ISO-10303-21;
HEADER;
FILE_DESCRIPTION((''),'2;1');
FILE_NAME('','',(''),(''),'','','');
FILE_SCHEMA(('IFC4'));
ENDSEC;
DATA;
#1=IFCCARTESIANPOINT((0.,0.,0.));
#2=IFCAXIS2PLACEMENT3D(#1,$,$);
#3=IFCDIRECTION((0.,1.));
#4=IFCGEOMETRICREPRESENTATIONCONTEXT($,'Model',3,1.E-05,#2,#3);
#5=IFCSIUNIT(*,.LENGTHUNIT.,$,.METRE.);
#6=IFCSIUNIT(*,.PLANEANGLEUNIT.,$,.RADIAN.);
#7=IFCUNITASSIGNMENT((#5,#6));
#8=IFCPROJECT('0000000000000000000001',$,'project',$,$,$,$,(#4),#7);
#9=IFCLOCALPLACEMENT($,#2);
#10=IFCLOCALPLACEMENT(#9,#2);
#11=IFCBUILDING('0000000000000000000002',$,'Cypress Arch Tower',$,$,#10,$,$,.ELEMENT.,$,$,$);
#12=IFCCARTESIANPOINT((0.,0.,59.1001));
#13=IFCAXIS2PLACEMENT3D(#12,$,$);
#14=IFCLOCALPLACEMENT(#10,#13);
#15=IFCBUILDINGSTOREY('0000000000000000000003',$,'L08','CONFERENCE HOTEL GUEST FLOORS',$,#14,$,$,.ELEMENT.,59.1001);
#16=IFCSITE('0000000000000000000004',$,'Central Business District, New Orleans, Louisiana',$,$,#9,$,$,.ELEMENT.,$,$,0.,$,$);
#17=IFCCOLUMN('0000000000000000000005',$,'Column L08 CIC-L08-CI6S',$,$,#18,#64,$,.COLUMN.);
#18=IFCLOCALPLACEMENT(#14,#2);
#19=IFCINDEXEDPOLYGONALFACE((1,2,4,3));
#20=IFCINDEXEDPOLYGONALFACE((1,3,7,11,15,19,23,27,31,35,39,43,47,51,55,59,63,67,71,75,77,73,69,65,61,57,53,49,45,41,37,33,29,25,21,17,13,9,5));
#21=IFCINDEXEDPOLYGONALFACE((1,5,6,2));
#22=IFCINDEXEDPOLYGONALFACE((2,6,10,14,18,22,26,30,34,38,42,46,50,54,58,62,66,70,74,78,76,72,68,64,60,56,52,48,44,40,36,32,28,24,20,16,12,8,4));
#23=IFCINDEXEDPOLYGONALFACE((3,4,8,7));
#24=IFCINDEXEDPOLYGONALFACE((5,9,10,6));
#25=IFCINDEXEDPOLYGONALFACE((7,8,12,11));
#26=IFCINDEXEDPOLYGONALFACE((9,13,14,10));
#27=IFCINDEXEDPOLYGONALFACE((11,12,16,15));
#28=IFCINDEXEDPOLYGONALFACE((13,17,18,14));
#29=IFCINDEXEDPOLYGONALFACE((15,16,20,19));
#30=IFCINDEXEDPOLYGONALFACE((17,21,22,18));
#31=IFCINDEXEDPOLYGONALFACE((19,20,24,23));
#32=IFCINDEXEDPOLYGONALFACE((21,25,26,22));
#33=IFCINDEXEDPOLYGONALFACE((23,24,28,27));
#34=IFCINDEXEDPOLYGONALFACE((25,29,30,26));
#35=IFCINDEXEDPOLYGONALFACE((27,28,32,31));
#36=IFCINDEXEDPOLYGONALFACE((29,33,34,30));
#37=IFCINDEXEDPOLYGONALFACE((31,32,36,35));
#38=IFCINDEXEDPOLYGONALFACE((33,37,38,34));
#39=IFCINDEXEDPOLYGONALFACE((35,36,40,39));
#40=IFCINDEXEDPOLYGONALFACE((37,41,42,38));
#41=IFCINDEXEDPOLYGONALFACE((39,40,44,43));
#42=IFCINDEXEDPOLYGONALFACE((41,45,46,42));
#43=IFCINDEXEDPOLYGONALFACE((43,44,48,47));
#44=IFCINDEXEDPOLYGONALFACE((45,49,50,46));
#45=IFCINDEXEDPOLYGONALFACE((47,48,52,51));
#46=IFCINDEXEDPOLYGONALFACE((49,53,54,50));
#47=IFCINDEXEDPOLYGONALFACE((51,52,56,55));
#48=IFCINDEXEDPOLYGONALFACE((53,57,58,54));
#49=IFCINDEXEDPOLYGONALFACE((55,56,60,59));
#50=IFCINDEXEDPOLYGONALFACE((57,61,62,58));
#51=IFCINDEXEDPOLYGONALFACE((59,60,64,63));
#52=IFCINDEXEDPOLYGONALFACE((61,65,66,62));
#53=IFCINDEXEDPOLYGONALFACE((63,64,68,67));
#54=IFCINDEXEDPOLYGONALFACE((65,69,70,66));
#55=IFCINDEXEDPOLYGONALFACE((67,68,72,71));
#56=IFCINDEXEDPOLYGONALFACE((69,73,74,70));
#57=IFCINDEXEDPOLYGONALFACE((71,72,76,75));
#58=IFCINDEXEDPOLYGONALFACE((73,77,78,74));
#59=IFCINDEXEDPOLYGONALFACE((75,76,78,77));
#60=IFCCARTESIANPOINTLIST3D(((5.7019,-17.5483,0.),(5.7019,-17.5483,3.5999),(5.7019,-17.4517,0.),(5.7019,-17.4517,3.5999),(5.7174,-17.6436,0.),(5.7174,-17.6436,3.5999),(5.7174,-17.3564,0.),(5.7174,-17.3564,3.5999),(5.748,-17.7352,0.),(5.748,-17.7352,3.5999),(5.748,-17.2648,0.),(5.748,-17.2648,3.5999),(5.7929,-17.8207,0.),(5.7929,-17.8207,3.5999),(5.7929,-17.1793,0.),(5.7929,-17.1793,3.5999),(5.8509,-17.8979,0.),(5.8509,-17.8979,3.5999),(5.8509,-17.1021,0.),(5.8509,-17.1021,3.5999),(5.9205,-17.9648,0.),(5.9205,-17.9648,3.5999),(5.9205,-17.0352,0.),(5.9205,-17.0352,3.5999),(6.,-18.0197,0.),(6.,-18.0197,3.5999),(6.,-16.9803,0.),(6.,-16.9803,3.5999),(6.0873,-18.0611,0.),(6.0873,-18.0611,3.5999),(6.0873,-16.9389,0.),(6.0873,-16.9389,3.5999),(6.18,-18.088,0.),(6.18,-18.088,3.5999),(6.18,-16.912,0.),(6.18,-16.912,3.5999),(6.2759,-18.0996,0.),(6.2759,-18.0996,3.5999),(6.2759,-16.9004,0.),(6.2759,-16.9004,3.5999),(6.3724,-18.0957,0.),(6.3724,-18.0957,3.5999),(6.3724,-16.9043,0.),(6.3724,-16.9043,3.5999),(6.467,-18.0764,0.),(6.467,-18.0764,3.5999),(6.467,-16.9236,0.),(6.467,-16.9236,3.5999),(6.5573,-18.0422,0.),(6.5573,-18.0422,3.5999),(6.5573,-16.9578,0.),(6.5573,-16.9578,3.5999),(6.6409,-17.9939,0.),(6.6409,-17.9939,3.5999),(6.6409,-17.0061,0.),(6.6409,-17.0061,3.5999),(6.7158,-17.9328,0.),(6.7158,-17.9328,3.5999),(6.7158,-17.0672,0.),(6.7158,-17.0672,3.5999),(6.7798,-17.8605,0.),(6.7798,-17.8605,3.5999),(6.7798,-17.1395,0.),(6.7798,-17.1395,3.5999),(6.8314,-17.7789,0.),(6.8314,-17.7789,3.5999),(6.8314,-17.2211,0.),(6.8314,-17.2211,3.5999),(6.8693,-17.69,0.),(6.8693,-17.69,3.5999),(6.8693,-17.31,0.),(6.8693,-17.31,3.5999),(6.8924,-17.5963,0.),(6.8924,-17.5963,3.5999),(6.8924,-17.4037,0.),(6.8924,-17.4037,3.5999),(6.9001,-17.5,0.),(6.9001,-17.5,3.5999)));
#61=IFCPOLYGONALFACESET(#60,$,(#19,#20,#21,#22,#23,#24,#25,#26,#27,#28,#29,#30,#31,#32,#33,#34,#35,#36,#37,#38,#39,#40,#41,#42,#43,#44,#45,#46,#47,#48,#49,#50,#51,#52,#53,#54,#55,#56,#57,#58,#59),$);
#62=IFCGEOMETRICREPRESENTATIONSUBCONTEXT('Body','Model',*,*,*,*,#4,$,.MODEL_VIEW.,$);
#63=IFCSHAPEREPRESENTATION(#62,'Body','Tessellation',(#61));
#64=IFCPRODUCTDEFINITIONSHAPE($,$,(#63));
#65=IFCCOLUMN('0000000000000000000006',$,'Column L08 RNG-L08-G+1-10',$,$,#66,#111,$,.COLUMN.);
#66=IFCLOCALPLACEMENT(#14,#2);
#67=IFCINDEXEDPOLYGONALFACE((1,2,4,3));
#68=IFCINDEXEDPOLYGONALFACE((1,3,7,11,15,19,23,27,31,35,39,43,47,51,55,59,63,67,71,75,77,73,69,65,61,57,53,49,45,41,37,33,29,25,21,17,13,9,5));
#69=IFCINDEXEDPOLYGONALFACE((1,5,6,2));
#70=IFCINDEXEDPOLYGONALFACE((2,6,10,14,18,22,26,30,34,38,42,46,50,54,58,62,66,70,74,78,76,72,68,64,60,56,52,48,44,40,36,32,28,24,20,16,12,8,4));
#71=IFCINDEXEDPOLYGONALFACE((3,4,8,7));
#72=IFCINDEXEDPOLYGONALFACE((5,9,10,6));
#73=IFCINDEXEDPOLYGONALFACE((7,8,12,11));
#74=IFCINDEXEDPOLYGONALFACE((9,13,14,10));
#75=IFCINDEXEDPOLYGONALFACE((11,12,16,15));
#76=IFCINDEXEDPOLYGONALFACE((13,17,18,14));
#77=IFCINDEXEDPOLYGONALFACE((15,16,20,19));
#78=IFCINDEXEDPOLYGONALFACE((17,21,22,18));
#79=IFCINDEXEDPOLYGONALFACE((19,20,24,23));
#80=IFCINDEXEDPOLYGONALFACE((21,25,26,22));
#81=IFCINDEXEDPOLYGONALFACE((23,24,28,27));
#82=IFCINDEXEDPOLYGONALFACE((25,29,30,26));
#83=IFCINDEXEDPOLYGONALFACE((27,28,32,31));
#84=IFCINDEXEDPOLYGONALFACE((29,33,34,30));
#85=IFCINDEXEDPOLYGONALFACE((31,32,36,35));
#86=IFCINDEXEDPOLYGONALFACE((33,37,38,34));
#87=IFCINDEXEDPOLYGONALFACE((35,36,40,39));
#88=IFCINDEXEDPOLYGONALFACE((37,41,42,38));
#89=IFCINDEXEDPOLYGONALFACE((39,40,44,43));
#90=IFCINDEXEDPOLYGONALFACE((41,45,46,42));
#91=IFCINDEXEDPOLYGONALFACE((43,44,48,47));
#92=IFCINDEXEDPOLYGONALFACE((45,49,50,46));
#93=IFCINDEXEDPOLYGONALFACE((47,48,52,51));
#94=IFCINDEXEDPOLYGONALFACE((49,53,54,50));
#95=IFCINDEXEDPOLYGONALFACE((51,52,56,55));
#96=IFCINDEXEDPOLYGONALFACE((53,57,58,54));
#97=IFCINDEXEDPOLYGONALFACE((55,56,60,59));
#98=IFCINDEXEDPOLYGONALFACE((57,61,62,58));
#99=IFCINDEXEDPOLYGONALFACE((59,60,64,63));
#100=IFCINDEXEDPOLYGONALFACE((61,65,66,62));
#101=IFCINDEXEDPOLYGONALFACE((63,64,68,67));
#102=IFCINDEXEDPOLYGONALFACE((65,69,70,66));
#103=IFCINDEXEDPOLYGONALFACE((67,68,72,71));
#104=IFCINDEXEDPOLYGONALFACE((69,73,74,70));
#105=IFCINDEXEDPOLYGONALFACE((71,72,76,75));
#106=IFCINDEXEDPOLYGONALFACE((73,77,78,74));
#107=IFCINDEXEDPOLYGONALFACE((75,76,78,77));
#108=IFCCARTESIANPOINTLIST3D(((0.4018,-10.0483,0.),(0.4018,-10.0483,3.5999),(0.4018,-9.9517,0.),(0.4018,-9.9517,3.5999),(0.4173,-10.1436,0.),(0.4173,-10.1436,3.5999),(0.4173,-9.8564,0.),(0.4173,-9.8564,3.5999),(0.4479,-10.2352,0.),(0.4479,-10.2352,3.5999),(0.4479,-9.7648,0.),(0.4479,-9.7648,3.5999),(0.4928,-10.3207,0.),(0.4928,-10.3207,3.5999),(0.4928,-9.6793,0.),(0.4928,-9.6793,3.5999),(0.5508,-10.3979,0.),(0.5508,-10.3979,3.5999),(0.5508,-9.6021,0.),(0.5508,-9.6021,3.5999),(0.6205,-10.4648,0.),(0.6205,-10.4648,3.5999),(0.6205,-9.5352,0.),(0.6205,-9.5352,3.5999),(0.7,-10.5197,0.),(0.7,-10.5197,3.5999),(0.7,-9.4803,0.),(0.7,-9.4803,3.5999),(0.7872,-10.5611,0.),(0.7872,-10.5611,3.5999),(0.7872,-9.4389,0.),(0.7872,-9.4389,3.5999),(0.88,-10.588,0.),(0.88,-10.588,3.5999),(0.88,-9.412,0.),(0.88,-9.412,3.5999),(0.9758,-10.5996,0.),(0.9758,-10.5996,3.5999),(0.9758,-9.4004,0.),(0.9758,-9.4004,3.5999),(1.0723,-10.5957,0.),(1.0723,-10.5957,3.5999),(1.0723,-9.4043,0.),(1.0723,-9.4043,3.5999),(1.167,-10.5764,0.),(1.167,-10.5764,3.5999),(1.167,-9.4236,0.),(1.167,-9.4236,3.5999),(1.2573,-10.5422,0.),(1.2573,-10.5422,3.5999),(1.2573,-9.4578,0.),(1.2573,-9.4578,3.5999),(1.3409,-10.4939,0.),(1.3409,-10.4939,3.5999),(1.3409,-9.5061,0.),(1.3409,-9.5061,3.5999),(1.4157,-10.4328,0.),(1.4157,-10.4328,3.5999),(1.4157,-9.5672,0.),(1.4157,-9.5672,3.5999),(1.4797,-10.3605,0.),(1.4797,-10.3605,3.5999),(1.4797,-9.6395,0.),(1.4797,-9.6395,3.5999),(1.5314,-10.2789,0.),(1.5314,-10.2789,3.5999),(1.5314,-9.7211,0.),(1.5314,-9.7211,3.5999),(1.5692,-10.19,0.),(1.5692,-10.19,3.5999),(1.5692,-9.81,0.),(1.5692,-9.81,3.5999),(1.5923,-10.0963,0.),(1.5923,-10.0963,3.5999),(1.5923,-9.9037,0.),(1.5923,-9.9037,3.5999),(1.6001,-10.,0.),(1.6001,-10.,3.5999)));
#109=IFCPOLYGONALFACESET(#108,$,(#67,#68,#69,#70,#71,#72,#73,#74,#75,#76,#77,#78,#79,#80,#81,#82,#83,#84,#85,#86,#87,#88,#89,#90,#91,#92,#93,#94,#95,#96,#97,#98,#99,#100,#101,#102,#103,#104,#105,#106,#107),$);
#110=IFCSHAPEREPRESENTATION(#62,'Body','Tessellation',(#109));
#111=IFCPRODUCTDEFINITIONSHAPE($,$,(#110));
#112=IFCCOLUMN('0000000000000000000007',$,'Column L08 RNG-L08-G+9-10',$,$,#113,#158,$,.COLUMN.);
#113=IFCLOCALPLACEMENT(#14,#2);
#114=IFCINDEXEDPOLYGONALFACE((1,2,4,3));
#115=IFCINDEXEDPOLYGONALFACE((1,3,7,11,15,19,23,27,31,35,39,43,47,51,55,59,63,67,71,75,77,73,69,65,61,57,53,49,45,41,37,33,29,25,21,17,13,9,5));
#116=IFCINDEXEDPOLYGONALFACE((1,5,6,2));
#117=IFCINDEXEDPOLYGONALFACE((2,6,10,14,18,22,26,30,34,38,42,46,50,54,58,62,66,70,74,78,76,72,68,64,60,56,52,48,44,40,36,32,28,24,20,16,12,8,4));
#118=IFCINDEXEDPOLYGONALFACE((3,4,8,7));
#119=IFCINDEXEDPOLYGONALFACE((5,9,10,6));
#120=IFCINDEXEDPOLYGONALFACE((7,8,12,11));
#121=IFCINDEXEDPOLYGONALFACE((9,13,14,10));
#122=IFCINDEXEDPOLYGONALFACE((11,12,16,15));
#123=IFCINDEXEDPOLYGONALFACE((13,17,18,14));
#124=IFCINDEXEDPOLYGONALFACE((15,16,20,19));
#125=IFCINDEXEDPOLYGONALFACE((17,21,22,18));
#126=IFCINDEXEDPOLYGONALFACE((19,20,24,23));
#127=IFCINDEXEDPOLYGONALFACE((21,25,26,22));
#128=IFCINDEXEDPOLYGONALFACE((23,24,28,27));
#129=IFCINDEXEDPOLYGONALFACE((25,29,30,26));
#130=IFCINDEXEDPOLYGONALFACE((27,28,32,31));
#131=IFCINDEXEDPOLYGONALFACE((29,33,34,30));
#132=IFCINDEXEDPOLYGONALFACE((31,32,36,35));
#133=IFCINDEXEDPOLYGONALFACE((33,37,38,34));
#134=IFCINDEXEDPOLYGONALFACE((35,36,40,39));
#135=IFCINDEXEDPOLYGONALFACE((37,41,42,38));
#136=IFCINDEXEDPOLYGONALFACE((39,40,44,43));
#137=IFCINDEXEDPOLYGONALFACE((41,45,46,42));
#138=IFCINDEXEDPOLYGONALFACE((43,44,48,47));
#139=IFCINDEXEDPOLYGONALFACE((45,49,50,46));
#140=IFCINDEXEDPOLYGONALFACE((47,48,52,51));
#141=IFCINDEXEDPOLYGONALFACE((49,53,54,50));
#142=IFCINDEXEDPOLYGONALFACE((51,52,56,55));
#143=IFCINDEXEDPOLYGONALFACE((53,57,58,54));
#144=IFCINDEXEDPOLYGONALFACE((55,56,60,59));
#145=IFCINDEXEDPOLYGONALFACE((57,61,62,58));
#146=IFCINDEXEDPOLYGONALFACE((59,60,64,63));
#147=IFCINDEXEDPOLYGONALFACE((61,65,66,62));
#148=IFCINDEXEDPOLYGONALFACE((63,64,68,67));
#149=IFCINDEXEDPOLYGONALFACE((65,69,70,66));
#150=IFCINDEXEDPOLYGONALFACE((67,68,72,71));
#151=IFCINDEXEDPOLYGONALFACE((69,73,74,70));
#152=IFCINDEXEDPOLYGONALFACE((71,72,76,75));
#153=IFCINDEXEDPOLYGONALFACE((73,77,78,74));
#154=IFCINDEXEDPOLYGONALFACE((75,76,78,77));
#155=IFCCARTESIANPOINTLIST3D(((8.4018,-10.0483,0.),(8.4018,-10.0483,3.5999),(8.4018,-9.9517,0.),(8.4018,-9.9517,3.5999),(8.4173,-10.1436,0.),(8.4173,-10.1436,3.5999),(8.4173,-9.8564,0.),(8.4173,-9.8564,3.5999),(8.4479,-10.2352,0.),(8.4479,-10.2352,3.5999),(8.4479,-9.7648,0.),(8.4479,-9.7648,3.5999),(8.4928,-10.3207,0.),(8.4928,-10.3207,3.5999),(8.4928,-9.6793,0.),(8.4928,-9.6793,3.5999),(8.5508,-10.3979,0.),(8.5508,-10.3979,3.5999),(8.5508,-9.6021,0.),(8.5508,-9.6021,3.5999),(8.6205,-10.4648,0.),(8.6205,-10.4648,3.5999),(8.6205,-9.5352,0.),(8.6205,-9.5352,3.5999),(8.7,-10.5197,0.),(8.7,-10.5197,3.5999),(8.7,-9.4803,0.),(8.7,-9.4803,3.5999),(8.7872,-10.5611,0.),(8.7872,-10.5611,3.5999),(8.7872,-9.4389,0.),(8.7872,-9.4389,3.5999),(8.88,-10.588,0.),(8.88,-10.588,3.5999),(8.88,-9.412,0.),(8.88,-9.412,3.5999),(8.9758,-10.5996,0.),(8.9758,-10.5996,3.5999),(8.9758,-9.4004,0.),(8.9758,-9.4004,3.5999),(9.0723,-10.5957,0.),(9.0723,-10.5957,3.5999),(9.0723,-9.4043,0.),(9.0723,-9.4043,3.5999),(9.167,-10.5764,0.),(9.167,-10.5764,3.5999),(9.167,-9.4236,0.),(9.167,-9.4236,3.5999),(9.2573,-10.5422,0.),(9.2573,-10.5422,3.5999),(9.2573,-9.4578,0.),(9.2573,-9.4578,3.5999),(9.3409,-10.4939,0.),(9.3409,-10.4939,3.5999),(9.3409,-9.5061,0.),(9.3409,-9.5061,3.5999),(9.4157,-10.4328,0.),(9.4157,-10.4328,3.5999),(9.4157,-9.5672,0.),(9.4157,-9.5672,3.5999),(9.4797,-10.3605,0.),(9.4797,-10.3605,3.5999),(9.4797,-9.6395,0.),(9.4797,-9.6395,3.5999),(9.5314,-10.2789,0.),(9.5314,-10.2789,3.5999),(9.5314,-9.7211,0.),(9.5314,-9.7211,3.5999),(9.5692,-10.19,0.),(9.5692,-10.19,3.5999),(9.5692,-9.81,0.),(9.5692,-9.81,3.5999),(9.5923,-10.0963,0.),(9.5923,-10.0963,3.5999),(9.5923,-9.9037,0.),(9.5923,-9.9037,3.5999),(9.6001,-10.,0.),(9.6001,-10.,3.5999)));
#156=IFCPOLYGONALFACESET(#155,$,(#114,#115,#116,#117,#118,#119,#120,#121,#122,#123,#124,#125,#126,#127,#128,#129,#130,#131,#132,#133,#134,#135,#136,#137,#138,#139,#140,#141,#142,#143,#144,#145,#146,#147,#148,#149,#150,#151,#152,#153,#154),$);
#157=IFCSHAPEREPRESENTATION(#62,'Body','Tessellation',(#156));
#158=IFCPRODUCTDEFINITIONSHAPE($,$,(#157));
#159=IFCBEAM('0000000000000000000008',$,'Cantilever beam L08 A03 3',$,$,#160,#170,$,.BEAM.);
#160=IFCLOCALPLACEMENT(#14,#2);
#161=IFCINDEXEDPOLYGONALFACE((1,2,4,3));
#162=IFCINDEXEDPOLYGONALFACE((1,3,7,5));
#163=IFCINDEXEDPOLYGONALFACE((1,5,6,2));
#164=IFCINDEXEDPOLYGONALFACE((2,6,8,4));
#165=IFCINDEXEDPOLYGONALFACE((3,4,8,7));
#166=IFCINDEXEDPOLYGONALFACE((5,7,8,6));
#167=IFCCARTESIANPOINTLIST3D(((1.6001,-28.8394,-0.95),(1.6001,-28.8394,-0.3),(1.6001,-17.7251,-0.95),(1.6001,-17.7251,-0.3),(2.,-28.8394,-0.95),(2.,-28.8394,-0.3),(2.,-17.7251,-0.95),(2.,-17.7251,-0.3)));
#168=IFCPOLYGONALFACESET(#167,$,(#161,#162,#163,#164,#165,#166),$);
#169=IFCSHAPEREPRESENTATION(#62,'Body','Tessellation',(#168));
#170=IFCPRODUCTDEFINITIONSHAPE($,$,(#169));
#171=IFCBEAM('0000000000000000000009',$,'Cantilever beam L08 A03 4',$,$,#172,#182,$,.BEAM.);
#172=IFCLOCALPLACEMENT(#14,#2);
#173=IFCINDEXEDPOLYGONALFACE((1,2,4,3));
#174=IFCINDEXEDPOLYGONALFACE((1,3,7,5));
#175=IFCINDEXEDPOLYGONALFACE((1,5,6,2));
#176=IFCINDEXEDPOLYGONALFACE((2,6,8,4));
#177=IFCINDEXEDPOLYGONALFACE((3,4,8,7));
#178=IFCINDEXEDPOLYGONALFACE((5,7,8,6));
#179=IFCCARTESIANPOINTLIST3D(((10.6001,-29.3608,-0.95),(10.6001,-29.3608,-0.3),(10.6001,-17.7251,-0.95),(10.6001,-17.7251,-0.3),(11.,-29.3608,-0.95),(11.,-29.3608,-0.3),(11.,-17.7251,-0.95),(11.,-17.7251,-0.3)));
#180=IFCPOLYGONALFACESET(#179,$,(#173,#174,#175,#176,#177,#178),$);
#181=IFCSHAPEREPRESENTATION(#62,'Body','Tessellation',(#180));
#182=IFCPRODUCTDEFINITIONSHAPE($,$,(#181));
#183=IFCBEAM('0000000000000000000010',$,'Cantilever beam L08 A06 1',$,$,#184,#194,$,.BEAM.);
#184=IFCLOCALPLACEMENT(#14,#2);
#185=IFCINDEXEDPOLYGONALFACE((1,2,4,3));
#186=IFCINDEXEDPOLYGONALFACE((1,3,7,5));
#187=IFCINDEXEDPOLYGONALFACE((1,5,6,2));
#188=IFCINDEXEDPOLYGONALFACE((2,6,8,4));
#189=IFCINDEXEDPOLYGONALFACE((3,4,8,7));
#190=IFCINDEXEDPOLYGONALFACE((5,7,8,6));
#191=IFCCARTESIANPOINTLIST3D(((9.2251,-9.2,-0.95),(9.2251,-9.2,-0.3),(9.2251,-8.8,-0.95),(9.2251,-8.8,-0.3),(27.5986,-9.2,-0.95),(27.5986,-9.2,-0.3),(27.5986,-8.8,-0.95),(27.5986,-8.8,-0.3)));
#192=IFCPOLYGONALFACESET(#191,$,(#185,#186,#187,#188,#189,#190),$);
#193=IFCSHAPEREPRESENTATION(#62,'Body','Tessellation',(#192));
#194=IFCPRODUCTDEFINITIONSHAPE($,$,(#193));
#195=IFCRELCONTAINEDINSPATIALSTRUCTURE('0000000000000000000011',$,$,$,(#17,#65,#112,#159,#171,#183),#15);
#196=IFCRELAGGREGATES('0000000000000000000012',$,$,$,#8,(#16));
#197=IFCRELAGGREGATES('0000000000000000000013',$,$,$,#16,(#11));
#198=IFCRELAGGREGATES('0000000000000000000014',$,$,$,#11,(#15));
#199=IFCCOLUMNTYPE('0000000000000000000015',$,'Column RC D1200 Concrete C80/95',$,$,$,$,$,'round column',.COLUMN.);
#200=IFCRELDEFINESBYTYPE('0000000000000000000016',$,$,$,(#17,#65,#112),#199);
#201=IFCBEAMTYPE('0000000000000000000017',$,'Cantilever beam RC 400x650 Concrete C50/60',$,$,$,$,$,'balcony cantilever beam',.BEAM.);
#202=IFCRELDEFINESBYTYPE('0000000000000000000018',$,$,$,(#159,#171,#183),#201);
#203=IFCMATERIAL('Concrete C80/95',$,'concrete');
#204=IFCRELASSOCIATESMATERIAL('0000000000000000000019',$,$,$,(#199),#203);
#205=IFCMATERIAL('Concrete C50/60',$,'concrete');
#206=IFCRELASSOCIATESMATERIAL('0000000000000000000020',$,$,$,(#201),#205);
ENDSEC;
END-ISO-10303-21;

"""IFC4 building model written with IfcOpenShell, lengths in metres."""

from ifc_helpers import new_model, si_unit, direction, frame, origin, origin_2d, place, context, subcontext, project, spatial, rectangle, circle, extrude, material, material_profile, profile_set, type_object, element, save


model = new_model("IFC4")

# Units and contexts
model_context = context("Model", 3, precision=1e-05, world=origin(), true_north=direction((0.0, 1.0)))
body_context = subcontext(model_context, "Body", "Model", "MODEL_VIEW")
ifc_project = project(units=[si_unit("LENGTHUNIT", "METRE"), si_unit("PLANEANGLEUNIT", "RADIAN")], contexts=[model_context])

# Site, building, storey
site_placement = place(None, origin())
site = spatial("IfcSite", under=ifc_project, at=site_placement, Name="Central Business District, New Orleans, Louisiana", CompositionType="ELEMENT", RefElevation=0.0)
building_placement = place(site_placement, origin())
building = spatial("IfcBuilding", under=site, at=building_placement, Name="Cypress Arch Tower", CompositionType="ELEMENT")
storey_placement = place(building_placement, frame((0.0, 0.0, 59.1001)))
storey = spatial("IfcBuildingStorey", under=building, at=storey_placement, Name="L08", Description="CONFERENCE HOTEL GUEST FLOORS", CompositionType="ELEMENT", Elevation=59.1001)

# Columns
ifc_material_1 = material(Name="Concrete C80/95", Category="concrete")
ifc_material_profile_1 = material_profile(ifc_material_1, circle(Radius=0.6001, at=origin_2d()), Name="RC D1200")
ifc_profile_set_1 = profile_set([ifc_material_profile_1], Name="Concrete C80/95")
column_type = type_object("IfcColumnType", Name="Column RC D1200 Concrete C80/95", ElementType="round column", PredefinedType="COLUMN", material=ifc_profile_set_1)
for number, where, z_axis, x_axis, name in (
    (1, (6.3, -17.5, 0.0), (0.0, 0.0, 1.0), (1.0, 0.0, 0.0), "Column L08 CIC-L08-CI6S"),
    (2, (1.0, -10.0, 0.0), (0.0, 0.0, 1.0), (1.0, 0.0, 0.0), "Column L08 RNG-L08-G+1-10"),
    (3, (9.0, -10.0, 0.0), (0.0, 0.0, 1.0), (1.0, 0.0, 0.0), "Column L08 RNG-L08-G+9-10"),
):
    element("IfcColumn", number, at=place(storey_placement, frame(where, z_axis=z_axis, x_axis=x_axis)), inside=storey, type_object=column_type, Name=name, PredefinedType="COLUMN", context=body_context, shape_type="SweptSolid", body=[
        extrude(circle(Radius=0.6001, at=origin_2d()), origin(), (0.0, 0.0, 1.0), 3.5999),
    ])

# Beams
ifc_material_2 = material(Name="Concrete C50/60", Category="concrete")
ifc_material_profile_2 = material_profile(ifc_material_2, rectangle(XDim=0.3999, YDim=0.6499, at=origin_2d()), Name="RC 400x650")
ifc_profile_set_2 = profile_set([ifc_material_profile_2], Name="Concrete C50/60")
beam_type_1 = type_object("IfcBeamType", Name="Cantilever beam RC 400x650 Concrete C50/60", ElementType="balcony cantilever beam", PredefinedType="BEAM", material=ifc_profile_set_2)
beam_1_placement = place(storey_placement, frame((1.8, -17.7251, -0.625), z_axis=(0.0, -1.0, 0.0), x_axis=(1.0, 0.0, 0.0)))
element("IfcBeam", 4, at=beam_1_placement, inside=storey, type_object=beam_type_1, Name="Cantilever beam L08 A03 3", PredefinedType="BEAM", context=body_context, shape_type="SweptSolid", body=[
    extrude(rectangle(XDim=0.3999, YDim=0.6499, at=origin_2d()), origin(), (0.0, 0.0, 1.0), 11.1143),
])
beam_2_placement = place(storey_placement, frame((10.8, -17.7251, -0.625), z_axis=(0.0, -1.0, 0.0), x_axis=(1.0, 0.0, 0.0)))
element("IfcBeam", 5, at=beam_2_placement, inside=storey, type_object=beam_type_1, Name="Cantilever beam L08 A03 4", PredefinedType="BEAM", context=body_context, shape_type="SweptSolid", body=[
    extrude(rectangle(XDim=0.3999, YDim=0.6499, at=origin_2d()), origin(), (0.0, 0.0, 1.0), 11.6357),
])
beam_3_placement = place(storey_placement, frame((9.2251, -9.0, -0.625), z_axis=(1.0, 0.0, 0.0), x_axis=(0.0, 1.0, 0.0)))
element("IfcBeam", 6, at=beam_3_placement, inside=storey, type_object=beam_type_1, Name="Cantilever beam L08 A06 1", PredefinedType="BEAM", context=body_context, shape_type="SweptSolid", body=[
    extrude(rectangle(XDim=0.3999, YDim=0.6499, at=origin_2d()), origin(), (0.0, 0.0, 1.0), 18.3735),
])

save(model, "model.ifc")
